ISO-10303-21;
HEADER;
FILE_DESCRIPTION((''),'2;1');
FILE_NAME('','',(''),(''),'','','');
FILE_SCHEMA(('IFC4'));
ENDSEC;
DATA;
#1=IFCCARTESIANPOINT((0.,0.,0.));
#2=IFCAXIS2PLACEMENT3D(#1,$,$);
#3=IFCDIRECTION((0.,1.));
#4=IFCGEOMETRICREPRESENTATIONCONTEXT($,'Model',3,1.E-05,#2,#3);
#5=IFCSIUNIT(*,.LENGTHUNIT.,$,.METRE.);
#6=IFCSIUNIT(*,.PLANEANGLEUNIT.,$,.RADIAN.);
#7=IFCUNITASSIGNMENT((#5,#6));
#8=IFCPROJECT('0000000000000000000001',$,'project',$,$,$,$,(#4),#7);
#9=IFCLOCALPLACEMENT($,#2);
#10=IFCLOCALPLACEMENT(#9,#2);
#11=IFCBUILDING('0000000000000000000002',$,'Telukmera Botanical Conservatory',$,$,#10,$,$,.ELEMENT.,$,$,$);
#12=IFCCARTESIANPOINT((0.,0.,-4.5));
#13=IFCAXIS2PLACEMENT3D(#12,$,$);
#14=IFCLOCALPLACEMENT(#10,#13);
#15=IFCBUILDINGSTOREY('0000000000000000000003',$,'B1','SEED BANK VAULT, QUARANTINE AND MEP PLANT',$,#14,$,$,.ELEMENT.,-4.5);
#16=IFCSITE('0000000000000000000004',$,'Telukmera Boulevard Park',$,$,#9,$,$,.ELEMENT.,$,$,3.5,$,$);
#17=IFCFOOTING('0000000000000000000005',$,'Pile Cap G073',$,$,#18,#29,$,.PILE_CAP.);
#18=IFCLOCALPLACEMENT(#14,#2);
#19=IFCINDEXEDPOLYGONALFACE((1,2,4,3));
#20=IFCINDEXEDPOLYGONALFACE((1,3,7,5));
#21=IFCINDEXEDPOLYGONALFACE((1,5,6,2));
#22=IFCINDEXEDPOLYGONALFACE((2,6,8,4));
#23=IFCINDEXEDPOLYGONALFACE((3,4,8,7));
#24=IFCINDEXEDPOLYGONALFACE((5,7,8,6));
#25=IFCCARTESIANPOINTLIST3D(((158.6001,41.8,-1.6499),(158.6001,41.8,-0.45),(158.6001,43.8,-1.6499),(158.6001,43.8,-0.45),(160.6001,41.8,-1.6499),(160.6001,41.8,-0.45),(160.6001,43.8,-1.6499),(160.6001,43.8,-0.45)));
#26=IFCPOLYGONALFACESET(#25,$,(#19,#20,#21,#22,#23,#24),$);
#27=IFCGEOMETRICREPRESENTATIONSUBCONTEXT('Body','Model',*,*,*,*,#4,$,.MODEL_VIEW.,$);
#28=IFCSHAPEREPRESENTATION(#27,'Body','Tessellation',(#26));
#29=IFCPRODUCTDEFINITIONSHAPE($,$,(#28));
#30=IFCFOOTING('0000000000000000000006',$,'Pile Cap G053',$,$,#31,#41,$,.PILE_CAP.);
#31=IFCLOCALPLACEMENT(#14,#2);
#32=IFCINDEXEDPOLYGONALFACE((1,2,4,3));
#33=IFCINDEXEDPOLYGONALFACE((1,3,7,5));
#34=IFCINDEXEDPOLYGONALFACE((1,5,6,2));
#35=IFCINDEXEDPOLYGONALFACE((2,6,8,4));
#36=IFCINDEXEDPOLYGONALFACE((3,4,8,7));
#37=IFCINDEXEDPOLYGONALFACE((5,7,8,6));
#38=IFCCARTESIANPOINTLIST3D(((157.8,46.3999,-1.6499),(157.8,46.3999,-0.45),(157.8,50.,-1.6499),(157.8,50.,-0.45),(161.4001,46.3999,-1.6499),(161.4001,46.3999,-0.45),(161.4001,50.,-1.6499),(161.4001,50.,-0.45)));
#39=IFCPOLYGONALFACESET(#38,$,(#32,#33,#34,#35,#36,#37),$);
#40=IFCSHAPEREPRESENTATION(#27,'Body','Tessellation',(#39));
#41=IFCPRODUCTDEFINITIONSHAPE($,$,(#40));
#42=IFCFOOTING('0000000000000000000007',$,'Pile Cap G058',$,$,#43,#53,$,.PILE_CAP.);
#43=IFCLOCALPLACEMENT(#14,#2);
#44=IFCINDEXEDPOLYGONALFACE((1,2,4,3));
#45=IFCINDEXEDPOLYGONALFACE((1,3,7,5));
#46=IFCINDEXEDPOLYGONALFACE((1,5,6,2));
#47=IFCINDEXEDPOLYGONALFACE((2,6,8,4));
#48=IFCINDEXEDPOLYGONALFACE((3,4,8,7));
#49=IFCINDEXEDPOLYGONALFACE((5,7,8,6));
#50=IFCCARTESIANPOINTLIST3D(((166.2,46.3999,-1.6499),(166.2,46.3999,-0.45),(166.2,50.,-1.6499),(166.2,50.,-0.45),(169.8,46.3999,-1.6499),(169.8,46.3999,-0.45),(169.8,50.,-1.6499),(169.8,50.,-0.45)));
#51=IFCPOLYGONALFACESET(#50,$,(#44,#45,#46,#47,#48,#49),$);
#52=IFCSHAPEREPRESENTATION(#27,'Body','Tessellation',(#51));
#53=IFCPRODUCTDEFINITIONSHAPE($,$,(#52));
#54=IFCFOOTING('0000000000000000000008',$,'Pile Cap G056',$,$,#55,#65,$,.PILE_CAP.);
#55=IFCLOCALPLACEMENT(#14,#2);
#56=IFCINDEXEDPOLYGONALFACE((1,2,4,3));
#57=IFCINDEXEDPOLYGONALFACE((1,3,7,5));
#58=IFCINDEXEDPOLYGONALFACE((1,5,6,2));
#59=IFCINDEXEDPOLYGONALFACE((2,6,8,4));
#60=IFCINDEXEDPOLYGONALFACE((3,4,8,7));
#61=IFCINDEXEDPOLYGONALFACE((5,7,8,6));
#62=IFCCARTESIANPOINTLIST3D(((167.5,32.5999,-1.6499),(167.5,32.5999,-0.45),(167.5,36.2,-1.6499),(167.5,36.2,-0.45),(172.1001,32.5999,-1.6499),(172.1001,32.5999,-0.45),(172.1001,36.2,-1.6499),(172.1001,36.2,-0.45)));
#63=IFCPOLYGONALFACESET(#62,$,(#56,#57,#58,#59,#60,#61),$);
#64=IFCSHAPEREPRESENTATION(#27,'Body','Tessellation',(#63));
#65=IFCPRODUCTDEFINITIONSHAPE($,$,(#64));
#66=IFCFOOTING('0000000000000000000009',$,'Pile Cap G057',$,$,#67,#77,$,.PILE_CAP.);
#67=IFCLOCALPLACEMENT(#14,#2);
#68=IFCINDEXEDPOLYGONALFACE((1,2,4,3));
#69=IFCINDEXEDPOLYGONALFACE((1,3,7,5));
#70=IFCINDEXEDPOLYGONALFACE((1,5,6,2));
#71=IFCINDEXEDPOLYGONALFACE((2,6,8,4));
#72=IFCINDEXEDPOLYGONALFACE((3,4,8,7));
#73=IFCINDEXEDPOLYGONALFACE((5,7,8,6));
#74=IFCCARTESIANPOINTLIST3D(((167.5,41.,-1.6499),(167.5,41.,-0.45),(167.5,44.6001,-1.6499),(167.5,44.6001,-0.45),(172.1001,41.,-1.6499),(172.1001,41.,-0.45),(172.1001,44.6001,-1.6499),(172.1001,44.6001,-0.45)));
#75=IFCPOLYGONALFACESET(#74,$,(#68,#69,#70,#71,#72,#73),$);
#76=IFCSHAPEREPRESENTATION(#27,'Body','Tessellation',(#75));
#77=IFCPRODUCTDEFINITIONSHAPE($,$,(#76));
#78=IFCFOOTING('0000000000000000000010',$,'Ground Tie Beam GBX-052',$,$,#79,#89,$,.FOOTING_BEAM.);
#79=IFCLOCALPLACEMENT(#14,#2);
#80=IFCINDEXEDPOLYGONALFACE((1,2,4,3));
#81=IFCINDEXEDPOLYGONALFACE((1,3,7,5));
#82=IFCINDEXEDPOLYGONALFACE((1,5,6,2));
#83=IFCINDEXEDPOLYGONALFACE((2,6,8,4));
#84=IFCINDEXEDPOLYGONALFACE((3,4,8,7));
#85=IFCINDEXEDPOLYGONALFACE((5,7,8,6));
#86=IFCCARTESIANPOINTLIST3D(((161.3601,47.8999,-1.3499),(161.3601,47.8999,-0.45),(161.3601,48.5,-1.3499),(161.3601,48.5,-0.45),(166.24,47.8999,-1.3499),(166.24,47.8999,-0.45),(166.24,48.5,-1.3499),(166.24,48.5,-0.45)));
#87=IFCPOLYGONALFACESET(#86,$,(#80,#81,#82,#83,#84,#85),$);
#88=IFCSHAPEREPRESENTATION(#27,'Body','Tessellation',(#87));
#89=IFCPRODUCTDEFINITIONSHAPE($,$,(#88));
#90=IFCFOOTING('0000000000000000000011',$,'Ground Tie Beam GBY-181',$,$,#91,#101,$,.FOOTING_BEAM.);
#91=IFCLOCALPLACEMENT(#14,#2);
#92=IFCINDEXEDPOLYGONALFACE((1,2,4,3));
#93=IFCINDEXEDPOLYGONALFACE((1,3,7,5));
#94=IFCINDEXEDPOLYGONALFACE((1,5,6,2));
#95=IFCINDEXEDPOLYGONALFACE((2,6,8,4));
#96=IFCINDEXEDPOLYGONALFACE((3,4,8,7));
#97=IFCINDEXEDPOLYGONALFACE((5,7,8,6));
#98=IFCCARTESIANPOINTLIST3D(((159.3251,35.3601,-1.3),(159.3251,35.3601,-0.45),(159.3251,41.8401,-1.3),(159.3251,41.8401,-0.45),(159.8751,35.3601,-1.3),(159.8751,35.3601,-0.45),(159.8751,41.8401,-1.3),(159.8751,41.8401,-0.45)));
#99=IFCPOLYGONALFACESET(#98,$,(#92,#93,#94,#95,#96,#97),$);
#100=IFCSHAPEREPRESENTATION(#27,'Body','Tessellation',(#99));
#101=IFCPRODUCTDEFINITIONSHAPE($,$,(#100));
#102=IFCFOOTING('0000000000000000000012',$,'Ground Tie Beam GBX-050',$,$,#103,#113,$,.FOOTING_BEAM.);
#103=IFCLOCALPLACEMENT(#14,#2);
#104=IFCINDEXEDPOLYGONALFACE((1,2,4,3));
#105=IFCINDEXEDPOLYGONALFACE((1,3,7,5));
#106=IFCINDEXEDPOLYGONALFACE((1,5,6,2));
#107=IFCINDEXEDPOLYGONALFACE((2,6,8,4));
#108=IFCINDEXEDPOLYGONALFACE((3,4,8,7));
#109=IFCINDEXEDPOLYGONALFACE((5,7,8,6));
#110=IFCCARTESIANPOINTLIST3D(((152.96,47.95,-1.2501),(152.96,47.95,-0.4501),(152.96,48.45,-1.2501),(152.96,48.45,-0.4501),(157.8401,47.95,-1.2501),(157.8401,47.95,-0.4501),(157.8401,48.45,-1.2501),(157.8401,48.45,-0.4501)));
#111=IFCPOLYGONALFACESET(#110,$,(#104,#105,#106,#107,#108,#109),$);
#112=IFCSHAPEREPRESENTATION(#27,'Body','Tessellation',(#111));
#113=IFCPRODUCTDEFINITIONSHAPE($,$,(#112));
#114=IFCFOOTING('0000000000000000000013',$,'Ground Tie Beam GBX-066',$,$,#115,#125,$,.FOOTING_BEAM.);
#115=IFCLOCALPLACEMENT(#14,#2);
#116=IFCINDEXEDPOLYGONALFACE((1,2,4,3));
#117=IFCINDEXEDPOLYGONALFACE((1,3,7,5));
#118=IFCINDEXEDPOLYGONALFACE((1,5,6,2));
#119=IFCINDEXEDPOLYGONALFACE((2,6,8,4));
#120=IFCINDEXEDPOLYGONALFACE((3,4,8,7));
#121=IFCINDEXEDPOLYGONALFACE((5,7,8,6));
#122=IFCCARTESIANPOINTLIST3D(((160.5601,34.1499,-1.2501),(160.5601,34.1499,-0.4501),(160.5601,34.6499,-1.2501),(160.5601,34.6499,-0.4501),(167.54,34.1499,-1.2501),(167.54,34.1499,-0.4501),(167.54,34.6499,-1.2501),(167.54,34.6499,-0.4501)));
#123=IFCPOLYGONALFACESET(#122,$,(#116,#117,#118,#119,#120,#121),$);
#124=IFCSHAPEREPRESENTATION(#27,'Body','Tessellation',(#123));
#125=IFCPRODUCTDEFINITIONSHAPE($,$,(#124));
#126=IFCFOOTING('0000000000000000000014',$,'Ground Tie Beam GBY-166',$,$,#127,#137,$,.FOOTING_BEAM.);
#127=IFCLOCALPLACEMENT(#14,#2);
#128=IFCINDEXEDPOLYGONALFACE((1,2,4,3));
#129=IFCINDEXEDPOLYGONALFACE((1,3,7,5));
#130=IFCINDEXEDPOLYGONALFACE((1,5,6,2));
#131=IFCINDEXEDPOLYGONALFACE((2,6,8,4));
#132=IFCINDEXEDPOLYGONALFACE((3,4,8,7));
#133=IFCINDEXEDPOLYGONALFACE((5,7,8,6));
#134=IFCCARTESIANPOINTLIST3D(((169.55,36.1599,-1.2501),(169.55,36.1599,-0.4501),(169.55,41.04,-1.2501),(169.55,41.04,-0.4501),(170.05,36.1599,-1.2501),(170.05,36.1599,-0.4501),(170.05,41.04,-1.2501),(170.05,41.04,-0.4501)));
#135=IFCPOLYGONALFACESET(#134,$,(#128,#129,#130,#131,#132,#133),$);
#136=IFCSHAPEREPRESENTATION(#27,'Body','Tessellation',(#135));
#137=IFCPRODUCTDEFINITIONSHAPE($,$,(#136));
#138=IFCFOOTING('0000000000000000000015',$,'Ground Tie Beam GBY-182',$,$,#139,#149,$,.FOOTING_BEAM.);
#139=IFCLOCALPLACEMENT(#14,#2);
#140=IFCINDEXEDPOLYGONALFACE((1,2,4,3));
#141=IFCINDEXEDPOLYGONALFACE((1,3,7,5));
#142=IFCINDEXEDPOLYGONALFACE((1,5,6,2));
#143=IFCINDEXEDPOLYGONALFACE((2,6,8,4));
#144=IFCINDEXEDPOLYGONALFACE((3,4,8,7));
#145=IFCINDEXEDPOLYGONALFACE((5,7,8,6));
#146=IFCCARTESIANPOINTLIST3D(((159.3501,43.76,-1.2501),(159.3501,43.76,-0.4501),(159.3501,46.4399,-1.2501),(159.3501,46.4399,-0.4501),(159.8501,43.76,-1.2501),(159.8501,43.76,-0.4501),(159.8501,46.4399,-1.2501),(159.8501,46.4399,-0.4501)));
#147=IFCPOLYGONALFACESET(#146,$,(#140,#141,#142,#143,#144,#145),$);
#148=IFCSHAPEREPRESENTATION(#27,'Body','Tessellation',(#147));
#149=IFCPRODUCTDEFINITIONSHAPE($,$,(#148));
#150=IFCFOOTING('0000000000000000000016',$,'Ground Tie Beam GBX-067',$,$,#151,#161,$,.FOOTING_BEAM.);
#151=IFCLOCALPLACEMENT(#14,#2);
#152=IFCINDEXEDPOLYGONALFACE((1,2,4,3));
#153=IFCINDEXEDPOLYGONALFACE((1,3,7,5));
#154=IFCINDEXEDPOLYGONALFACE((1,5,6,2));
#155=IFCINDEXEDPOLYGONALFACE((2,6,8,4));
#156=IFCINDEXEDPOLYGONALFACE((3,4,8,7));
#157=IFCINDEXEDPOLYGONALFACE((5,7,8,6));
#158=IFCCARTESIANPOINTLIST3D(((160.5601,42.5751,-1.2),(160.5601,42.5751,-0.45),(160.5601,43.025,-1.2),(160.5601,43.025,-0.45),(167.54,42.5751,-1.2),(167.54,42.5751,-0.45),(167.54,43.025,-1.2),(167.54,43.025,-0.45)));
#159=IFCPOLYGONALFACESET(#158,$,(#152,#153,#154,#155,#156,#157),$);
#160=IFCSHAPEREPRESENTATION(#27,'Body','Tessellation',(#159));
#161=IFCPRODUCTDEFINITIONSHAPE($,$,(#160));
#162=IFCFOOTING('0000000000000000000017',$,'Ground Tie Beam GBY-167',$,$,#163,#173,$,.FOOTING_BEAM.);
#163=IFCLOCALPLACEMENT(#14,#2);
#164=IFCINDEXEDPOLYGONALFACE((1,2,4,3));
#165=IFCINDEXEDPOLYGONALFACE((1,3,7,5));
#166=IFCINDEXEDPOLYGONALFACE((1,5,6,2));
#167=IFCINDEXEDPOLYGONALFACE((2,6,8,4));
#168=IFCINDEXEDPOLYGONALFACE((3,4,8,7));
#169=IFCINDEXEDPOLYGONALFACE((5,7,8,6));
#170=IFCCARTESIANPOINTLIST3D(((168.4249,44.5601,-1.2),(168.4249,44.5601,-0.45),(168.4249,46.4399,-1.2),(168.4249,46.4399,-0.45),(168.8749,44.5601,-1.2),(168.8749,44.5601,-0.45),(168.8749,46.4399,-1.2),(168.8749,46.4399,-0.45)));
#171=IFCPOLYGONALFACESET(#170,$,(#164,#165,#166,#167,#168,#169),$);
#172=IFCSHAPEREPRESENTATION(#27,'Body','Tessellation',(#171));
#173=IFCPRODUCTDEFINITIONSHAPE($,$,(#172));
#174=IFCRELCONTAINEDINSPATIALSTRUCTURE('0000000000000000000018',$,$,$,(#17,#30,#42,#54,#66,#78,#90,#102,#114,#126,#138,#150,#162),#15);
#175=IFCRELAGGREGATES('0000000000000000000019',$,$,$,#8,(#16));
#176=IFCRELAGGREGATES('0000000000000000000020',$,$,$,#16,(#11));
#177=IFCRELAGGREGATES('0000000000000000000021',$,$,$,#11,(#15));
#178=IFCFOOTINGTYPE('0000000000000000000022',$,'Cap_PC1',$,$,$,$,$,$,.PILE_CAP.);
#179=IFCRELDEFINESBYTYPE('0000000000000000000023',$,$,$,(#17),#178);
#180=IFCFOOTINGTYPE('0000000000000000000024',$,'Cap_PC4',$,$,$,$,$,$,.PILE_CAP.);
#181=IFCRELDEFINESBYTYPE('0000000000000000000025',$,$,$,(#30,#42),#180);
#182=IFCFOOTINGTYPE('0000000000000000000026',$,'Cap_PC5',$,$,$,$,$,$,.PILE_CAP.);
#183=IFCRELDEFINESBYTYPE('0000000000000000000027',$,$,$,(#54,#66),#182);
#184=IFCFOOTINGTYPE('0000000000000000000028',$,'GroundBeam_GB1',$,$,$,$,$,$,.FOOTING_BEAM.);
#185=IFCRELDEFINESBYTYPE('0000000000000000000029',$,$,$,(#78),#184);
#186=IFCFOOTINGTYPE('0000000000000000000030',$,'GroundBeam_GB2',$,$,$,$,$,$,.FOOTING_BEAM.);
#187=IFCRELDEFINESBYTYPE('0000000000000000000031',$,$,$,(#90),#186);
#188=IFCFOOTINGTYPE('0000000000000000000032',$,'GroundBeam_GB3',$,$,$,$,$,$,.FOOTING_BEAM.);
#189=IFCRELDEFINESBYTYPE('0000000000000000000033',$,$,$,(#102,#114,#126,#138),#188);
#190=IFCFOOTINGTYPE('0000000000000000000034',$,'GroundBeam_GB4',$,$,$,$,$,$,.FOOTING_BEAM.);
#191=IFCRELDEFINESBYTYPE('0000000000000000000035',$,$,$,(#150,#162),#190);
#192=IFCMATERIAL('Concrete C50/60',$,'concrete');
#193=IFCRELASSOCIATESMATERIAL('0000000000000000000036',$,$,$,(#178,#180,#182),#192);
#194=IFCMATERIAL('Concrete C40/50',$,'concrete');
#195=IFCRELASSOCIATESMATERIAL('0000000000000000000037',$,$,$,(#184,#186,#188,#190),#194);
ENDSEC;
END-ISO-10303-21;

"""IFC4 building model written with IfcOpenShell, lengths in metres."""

from ifc_helpers import new_model, si_unit, direction, frame, origin, origin_2d, place, context, subcontext, project, spatial, rectangle, extrude, material, material_profile, profile_set, type_object, element, save


model = new_model("IFC4")

# Units and contexts
model_context = context("Model", 3, precision=1e-05, world=origin(), true_north=direction((0.0, 1.0)))
body_context = subcontext(model_context, "Body", "Model", "MODEL_VIEW")
ifc_project = project(units=[si_unit("LENGTHUNIT", "METRE"), si_unit("PLANEANGLEUNIT", "RADIAN")], contexts=[model_context])

# Site, building, storey
site_placement = place(None, origin())
site = spatial("IfcSite", under=ifc_project, at=site_placement, Name="Telukmera Boulevard Park", CompositionType="ELEMENT", RefElevation=3.5)
building_placement = place(site_placement, origin())
building = spatial("IfcBuilding", under=site, at=building_placement, Name="Telukmera Botanical Conservatory", CompositionType="ELEMENT")
storey_placement = place(building_placement, frame((0.0, 0.0, -4.5)))
storey = spatial("IfcBuildingStorey", under=building, at=storey_placement, Name="B1", Description="SEED BANK VAULT, QUARANTINE AND MEP PLANT", CompositionType="ELEMENT", Elevation=-4.5)

# Footings
ifc_material_1 = material(Name="Concrete C50/60", Category="concrete")
footing_type_1 = type_object("IfcFootingType", Name="Cap_PC1", PredefinedType="PILE_CAP", material=ifc_material_1)
footing_1_placement = place(storey_placement, frame((159.6001, 42.8, -1.6499), z_axis=(0.0, 0.0, 1.0), x_axis=(1.0, 0.0, 0.0)))
element("IfcFooting", 1, at=footing_1_placement, inside=storey, type_object=footing_type_1, Name="Pile Cap G073", PredefinedType="PILE_CAP", context=body_context, shape_type="SweptSolid", body=[
    extrude(rectangle(XDim=2.0, YDim=2.0, at=origin_2d()), origin(), (0.0, 0.0, 1.0), 1.2),
])
footing_type_2 = type_object("IfcFootingType", Name="Cap_PC4", PredefinedType="PILE_CAP", material=ifc_material_1)
for number, where, z_axis, x_axis, name in (
    (2, (159.6001, 48.2, -1.6499), (0.0, 0.0, 1.0), (1.0, 0.0, 0.0), "Pile Cap G053"),
    (3, (168.0, 48.2, -1.6499), (0.0, 0.0, 1.0), (1.0, 0.0, 0.0), "Pile Cap G058"),
):
    element("IfcFooting", number, at=place(storey_placement, frame(where, z_axis=z_axis, x_axis=x_axis)), inside=storey, type_object=footing_type_2, Name=name, PredefinedType="PILE_CAP", context=body_context, shape_type="SweptSolid", body=[
        extrude(rectangle(XDim=3.6001, YDim=3.6001, at=origin_2d()), origin(), (0.0, 0.0, 1.0), 1.2),
    ])
footing_type_3 = type_object("IfcFootingType", Name="Cap_PC5", PredefinedType="PILE_CAP", material=ifc_material_1)
for number, where, z_axis, x_axis, name in (
    (4, (169.8, 34.3999, -1.6499), (0.0, 0.0, 1.0), (1.0, 0.0, 0.0), "Pile Cap G056"),
    (5, (169.8, 42.8, -1.6499), (0.0, 0.0, 1.0), (1.0, 0.0, 0.0), "Pile Cap G057"),
):
    element("IfcFooting", number, at=place(storey_placement, frame(where, z_axis=z_axis, x_axis=x_axis)), inside=storey, type_object=footing_type_3, Name=name, PredefinedType="PILE_CAP", context=body_context, shape_type="SweptSolid", body=[
        extrude(rectangle(XDim=4.6001, YDim=3.6001, at=origin_2d()), origin(), (0.0, 0.0, 1.0), 1.2),
    ])
ifc_material_2 = material(Name="Concrete C40/50", Category="concrete")
ifc_material_profile_1 = material_profile(ifc_material_2, rectangle(XDim=0.6001, YDim=0.8999, at=origin_2d()), Name="RC 600x900")
ifc_profile_set_1 = profile_set([ifc_material_profile_1], Name="Concrete C40/50")
footing_type_4 = type_object("IfcFootingType", Name="GroundBeam_GB1", PredefinedType="FOOTING_BEAM", material=ifc_profile_set_1)
footing_2_placement = place(storey_placement, frame((161.3601, 48.2, -0.8999), z_axis=(1.0, 0.0, 0.0), x_axis=(0.0, 1.0, 0.0)))
element("IfcFooting", 6, at=footing_2_placement, inside=storey, type_object=footing_type_4, Name="Ground Tie Beam GBX-052", PredefinedType="FOOTING_BEAM", context=body_context, shape_type="SweptSolid", body=[
    extrude(rectangle(XDim=0.6001, YDim=0.8999, at=origin_2d()), origin(), (0.0, 0.0, 1.0), 4.8799),
])
ifc_material_profile_2 = material_profile(ifc_material_2, rectangle(XDim=0.55, YDim=0.8501, at=origin_2d()), Name="RC 550x850")
ifc_profile_set_2 = profile_set([ifc_material_profile_2], Name="Concrete C40/50")
footing_type_5 = type_object("IfcFootingType", Name="GroundBeam_GB2", PredefinedType="FOOTING_BEAM", material=ifc_profile_set_2)
footing_3_placement = place(storey_placement, frame((159.6001, 35.3601, -0.875), z_axis=(0.0, 1.0, 0.0), x_axis=(-1.0, 0.0, 0.0)))
element("IfcFooting", 7, at=footing_3_placement, inside=storey, type_object=footing_type_5, Name="Ground Tie Beam GBY-181", PredefinedType="FOOTING_BEAM", context=body_context, shape_type="SweptSolid", body=[
    extrude(rectangle(XDim=0.55, YDim=0.8501, at=origin_2d()), origin(), (0.0, 0.0, 1.0), 6.48),
])
ifc_material_profile_3 = material_profile(ifc_material_2, rectangle(XDim=0.5, YDim=0.8, at=origin_2d()), Name="RC 500x800")
ifc_profile_set_3 = profile_set([ifc_material_profile_3], Name="Concrete C40/50")
footing_type_6 = type_object("IfcFootingType", Name="GroundBeam_GB3", PredefinedType="FOOTING_BEAM", material=ifc_profile_set_3)
footing_4_placement = place(storey_placement, frame((152.96, 48.2, -0.8501), z_axis=(1.0, 0.0, 0.0), x_axis=(0.0, 1.0, 0.0)))
element("IfcFooting", 8, at=footing_4_placement, inside=storey, type_object=footing_type_6, Name="Ground Tie Beam GBX-050", PredefinedType="FOOTING_BEAM", context=body_context, shape_type="SweptSolid", body=[
    extrude(rectangle(XDim=0.5, YDim=0.8, at=origin_2d()), origin(), (0.0, 0.0, 1.0), 4.8801),
])
footing_5_placement = place(storey_placement, frame((160.5601, 34.3999, -0.8501), z_axis=(1.0, 0.0, 0.0), x_axis=(0.0, 1.0, 0.0)))
element("IfcFooting", 9, at=footing_5_placement, inside=storey, type_object=footing_type_6, Name="Ground Tie Beam GBX-066", PredefinedType="FOOTING_BEAM", context=body_context, shape_type="SweptSolid", body=[
    extrude(rectangle(XDim=0.5, YDim=0.8, at=origin_2d()), origin(), (0.0, 0.0, 1.0), 6.98),
])
footing_6_placement = place(storey_placement, frame((169.8, 36.1599, -0.8501), z_axis=(0.0, 1.0, 0.0), x_axis=(-1.0, 0.0, 0.0)))
element("IfcFooting", 10, at=footing_6_placement, inside=storey, type_object=footing_type_6, Name="Ground Tie Beam GBY-166", PredefinedType="FOOTING_BEAM", context=body_context, shape_type="SweptSolid", body=[
    extrude(rectangle(XDim=0.5, YDim=0.8, at=origin_2d()), origin(), (0.0, 0.0, 1.0), 4.8801),
])
footing_7_placement = place(storey_placement, frame((159.6001, 43.76, -0.8501), z_axis=(0.0, 1.0, 0.0), x_axis=(-1.0, 0.0, 0.0)))
element("IfcFooting", 11, at=footing_7_placement, inside=storey, type_object=footing_type_6, Name="Ground Tie Beam GBY-182", PredefinedType="FOOTING_BEAM", context=body_context, shape_type="SweptSolid", body=[
    extrude(rectangle(XDim=0.5, YDim=0.8, at=origin_2d()), origin(), (0.0, 0.0, 1.0), 2.6799),
])
ifc_material_profile_4 = material_profile(ifc_material_2, rectangle(XDim=0.45, YDim=0.75, at=origin_2d()), Name="RC 450x750")
ifc_profile_set_4 = profile_set([ifc_material_profile_4], Name="Concrete C40/50")
footing_type_7 = type_object("IfcFootingType", Name="GroundBeam_GB4", PredefinedType="FOOTING_BEAM", material=ifc_profile_set_4)
footing_8_placement = place(storey_placement, frame((160.5601, 42.8, -0.825), z_axis=(1.0, 0.0, 0.0), x_axis=(0.0, 1.0, 0.0)))
element("IfcFooting", 12, at=footing_8_placement, inside=storey, type_object=footing_type_7, Name="Ground Tie Beam GBX-067", PredefinedType="FOOTING_BEAM", context=body_context, shape_type="SweptSolid", body=[
    extrude(rectangle(XDim=0.45, YDim=0.75, at=origin_2d()), origin(), (0.0, 0.0, 1.0), 6.98),
])
footing_9_placement = place(storey_placement, frame((168.6499, 44.5601, -0.825), z_axis=(0.0, 1.0, 0.0), x_axis=(-1.0, 0.0, 0.0)))
element("IfcFooting", 13, at=footing_9_placement, inside=storey, type_object=footing_type_7, Name="Ground Tie Beam GBY-167", PredefinedType="FOOTING_BEAM", context=body_context, shape_type="SweptSolid", body=[
    extrude(rectangle(XDim=0.45, YDim=0.75, at=origin_2d()), origin(), (0.0, 0.0, 1.0), 1.8799),
])

save(model, "model.ifc")
